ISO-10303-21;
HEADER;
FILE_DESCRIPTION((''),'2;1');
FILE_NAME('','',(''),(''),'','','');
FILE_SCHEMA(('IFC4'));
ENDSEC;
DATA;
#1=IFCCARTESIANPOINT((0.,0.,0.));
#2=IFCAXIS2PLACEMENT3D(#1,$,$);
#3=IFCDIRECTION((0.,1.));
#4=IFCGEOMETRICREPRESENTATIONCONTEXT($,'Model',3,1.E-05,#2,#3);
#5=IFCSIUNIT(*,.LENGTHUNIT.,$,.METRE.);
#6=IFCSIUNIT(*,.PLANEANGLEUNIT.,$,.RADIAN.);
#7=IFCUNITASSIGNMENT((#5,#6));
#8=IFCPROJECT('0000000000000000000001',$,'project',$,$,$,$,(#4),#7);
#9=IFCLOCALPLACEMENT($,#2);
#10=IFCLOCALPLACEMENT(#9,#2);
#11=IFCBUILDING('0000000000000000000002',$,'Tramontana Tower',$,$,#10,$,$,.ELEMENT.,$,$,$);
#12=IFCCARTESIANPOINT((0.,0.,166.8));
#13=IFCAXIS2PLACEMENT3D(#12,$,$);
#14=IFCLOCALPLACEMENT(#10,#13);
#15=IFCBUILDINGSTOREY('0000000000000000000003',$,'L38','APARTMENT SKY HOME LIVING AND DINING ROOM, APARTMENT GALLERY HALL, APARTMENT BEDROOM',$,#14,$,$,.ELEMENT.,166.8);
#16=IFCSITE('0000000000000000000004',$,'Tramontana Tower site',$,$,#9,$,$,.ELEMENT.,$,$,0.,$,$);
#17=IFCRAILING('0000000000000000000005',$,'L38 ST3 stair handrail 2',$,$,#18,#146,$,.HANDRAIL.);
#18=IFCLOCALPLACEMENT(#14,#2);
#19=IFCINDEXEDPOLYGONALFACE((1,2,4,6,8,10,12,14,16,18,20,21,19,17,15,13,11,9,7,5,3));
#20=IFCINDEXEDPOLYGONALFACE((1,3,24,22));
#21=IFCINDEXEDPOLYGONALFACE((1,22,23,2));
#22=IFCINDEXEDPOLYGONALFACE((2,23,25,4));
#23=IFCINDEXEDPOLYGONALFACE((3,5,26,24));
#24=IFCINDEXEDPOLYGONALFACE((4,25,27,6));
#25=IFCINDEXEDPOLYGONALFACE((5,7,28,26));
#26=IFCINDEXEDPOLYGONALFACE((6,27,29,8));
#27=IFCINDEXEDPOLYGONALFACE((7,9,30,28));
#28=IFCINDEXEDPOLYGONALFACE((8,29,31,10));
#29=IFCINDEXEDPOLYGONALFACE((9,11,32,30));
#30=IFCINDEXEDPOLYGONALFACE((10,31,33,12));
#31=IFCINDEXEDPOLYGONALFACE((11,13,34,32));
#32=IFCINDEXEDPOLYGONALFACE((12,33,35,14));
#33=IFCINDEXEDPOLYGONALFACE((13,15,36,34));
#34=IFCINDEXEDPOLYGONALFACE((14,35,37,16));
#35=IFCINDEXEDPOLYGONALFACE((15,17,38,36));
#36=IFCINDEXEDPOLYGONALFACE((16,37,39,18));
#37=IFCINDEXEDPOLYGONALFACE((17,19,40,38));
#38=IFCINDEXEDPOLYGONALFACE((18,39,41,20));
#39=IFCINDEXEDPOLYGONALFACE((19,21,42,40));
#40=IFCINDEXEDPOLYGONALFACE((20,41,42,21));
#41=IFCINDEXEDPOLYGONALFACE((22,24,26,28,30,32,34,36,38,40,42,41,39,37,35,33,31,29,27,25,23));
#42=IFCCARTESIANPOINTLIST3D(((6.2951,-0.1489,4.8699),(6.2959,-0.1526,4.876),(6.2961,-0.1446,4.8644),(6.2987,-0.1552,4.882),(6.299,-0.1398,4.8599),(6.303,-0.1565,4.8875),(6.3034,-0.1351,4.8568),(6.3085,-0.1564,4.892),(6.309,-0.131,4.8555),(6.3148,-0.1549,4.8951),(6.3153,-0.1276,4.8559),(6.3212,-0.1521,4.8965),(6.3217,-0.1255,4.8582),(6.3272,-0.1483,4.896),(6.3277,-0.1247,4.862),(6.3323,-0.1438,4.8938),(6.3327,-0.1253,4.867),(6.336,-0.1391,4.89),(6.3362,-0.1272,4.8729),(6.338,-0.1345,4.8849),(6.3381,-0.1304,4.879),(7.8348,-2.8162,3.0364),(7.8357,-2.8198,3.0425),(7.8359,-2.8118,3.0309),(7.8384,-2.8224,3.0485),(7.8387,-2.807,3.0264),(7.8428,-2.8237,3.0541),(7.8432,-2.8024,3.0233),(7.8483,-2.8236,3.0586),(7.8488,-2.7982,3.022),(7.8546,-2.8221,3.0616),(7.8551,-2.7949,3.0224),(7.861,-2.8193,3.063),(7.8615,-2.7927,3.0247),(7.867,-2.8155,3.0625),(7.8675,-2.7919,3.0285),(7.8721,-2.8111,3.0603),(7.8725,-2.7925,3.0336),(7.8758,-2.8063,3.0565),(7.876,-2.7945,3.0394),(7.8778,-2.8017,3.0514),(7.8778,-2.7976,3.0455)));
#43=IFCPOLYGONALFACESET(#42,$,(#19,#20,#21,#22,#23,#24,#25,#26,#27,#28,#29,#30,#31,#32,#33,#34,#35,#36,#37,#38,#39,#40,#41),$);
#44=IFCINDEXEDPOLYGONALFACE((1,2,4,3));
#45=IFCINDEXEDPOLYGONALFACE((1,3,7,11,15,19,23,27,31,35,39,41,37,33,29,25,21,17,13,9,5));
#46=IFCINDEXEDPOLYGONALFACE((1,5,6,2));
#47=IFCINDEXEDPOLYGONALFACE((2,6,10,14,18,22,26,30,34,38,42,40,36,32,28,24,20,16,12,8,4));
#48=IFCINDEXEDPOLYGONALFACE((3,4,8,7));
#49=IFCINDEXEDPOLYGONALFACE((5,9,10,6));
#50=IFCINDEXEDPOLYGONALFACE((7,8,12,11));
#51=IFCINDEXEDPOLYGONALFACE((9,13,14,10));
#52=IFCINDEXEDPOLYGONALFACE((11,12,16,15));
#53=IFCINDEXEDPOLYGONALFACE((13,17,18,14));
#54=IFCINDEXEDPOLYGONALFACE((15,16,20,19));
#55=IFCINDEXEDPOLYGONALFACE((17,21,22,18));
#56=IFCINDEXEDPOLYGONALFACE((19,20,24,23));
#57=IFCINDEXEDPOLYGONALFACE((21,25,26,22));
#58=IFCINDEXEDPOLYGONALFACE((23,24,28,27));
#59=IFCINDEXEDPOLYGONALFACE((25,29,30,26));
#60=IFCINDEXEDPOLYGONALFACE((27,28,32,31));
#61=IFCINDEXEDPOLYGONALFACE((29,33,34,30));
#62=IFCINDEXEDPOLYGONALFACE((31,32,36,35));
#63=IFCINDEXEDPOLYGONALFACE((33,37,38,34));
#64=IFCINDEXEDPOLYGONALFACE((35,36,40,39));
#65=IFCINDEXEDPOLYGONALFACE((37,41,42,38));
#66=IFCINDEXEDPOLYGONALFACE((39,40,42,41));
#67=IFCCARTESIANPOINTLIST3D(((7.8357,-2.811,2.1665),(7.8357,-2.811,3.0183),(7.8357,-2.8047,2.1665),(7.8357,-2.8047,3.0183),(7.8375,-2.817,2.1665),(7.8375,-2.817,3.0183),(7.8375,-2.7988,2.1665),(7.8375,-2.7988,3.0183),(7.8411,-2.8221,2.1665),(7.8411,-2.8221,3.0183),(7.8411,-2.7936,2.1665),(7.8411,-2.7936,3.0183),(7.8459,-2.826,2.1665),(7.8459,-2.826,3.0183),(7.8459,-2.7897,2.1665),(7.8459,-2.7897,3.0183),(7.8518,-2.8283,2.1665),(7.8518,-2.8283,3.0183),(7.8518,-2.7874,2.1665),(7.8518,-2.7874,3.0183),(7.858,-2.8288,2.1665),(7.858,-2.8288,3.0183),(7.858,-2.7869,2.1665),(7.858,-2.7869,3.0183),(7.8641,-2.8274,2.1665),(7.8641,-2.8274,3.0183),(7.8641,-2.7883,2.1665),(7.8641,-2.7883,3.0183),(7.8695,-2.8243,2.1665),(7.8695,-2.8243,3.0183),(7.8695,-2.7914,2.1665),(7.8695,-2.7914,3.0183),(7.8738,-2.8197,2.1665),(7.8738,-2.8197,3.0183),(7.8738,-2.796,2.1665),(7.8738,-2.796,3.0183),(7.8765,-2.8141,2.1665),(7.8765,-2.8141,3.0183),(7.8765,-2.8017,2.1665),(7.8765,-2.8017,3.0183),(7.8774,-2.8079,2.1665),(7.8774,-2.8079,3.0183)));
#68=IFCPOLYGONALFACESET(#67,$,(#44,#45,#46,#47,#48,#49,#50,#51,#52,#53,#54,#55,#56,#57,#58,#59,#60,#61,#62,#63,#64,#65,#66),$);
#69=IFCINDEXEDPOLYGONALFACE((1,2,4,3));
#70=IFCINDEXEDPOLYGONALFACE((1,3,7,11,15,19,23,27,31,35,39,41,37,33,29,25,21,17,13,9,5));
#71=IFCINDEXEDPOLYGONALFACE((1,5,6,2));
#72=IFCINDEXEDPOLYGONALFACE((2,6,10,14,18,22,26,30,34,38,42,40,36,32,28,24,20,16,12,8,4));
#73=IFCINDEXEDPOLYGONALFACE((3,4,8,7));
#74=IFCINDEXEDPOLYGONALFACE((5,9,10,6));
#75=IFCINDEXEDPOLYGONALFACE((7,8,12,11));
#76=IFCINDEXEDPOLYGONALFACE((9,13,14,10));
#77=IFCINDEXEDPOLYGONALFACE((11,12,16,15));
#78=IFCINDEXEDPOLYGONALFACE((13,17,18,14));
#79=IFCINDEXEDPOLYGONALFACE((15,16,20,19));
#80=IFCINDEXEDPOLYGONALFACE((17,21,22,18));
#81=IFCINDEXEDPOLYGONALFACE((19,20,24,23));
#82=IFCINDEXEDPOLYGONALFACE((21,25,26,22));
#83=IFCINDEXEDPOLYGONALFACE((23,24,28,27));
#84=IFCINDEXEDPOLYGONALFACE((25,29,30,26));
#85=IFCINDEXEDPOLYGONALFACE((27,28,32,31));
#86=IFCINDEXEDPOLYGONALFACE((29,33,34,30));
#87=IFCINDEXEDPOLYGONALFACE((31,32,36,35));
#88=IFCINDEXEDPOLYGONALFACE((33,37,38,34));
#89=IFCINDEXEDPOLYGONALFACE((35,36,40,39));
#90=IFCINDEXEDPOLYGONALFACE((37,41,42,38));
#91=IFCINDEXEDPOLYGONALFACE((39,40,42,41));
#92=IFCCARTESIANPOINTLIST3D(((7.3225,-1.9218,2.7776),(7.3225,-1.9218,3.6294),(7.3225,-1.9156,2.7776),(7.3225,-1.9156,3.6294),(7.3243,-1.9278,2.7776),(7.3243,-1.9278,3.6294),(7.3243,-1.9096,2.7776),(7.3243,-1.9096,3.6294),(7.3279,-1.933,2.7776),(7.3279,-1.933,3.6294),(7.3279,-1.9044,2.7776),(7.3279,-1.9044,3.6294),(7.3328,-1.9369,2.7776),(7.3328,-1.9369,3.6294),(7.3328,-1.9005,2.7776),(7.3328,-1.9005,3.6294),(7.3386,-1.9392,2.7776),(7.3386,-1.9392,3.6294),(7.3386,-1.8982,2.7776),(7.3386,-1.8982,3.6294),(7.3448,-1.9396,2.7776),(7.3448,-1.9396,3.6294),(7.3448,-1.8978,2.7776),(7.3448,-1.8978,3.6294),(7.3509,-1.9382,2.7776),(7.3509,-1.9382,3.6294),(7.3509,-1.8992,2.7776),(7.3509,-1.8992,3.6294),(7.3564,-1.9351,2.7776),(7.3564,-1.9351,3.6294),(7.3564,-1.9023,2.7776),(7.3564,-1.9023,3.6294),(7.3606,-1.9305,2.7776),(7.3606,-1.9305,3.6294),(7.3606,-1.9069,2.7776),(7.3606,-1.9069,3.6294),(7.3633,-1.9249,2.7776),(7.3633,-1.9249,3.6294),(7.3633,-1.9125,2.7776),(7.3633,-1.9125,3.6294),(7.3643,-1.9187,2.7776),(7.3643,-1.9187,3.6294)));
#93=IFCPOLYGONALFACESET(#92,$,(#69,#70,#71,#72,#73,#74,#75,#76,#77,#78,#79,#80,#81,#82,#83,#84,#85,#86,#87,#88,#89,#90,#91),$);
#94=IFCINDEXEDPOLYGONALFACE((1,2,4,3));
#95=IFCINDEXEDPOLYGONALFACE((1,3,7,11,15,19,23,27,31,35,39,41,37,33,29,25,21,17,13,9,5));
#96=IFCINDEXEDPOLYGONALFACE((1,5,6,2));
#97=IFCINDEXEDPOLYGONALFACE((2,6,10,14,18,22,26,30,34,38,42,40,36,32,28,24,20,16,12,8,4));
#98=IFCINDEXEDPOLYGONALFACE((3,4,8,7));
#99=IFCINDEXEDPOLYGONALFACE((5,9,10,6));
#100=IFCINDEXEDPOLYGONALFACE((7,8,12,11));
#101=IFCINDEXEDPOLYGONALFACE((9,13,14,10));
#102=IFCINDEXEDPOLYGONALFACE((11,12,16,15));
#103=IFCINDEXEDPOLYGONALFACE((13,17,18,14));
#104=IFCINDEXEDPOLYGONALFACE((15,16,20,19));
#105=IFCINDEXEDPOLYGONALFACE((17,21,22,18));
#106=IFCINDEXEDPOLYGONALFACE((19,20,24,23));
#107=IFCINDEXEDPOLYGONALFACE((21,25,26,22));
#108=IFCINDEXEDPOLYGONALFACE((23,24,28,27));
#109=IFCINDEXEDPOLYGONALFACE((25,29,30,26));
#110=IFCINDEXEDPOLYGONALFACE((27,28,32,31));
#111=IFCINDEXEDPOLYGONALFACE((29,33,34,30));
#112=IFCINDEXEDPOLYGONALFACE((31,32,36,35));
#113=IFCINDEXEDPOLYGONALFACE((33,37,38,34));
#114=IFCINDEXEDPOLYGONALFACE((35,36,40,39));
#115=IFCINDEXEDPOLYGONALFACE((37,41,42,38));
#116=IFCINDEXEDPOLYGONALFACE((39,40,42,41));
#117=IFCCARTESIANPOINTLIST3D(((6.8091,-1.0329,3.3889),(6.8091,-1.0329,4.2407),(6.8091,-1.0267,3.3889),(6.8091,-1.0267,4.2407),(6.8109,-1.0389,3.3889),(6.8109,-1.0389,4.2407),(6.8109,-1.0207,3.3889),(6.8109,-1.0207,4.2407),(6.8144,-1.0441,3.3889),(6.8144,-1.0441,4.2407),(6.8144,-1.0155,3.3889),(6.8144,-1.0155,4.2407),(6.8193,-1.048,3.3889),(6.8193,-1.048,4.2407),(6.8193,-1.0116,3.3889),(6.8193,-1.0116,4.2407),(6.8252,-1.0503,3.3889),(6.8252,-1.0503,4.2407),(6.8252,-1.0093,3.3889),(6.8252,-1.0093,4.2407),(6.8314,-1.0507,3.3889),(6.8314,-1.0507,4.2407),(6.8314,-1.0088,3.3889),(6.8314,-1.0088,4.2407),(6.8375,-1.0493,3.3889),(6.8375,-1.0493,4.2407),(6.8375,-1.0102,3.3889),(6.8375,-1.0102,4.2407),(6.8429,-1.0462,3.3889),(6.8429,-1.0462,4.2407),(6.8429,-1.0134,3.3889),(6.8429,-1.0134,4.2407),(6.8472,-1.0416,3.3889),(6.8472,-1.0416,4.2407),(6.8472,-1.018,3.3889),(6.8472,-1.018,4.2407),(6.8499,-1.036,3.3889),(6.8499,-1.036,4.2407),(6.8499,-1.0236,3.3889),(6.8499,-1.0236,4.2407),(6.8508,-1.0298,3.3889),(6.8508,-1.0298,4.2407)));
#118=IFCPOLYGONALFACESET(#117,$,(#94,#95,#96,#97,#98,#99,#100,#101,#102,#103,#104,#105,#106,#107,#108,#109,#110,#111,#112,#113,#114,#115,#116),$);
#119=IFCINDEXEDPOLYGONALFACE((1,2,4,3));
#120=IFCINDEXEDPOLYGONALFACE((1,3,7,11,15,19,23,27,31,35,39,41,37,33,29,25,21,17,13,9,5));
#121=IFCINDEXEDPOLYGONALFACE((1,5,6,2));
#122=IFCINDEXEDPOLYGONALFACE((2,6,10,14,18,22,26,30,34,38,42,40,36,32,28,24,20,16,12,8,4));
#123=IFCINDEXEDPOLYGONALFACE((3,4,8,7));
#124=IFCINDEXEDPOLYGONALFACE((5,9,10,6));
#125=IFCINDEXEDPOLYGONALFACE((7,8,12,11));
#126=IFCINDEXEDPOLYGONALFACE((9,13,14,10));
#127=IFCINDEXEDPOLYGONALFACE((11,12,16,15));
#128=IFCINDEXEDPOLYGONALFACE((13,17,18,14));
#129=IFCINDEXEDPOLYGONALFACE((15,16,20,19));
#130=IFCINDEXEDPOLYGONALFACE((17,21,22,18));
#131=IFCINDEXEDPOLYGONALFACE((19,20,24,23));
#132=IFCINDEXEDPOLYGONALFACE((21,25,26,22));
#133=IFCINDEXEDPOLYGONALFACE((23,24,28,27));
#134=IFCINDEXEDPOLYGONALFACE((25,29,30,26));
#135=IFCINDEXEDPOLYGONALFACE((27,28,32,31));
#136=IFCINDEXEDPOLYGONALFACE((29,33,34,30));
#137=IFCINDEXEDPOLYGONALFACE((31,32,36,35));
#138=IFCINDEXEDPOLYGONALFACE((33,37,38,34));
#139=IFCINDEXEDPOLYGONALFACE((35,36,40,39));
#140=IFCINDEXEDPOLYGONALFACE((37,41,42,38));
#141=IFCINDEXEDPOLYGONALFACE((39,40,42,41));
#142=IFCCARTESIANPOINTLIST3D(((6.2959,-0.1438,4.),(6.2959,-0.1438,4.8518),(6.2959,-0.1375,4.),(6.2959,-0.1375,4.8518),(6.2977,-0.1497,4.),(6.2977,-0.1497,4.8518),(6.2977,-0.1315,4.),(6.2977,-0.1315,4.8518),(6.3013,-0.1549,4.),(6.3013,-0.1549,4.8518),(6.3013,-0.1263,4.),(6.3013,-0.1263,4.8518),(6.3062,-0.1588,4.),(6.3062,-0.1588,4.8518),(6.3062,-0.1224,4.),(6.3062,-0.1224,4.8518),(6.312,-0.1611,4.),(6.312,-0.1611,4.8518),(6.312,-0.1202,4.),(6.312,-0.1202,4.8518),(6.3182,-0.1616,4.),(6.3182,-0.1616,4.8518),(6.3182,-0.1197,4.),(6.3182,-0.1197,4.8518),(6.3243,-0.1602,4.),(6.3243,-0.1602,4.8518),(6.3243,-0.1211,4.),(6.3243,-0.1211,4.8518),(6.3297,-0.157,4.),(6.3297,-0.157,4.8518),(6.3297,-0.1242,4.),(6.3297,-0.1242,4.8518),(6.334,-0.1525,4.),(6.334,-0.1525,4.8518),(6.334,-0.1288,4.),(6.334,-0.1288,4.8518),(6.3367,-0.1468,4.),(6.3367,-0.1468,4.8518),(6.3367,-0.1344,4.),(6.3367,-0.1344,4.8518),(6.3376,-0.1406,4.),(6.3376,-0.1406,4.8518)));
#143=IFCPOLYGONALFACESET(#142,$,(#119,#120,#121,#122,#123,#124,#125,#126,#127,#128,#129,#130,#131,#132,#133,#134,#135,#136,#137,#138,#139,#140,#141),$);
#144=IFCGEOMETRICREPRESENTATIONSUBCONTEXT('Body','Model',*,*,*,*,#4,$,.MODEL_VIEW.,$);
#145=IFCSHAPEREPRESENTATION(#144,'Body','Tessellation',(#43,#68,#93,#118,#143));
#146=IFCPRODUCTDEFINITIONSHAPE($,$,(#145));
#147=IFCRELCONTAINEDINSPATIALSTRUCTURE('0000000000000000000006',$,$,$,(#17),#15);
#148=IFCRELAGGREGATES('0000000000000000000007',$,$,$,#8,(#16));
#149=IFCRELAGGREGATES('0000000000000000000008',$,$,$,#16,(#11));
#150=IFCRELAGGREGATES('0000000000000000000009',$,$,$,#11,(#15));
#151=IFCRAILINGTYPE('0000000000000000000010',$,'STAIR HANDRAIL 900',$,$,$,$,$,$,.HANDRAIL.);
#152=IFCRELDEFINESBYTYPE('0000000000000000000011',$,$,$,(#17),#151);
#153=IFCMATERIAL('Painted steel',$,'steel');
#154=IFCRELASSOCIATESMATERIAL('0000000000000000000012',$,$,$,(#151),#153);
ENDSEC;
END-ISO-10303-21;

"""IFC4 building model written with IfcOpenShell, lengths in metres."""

from ifc_helpers import new_model, si_unit, direction, frame, origin, origin_2d, place, context, subcontext, project, spatial, circle, extrude, material, type_object, element, save


model = new_model("IFC4")

# Units and contexts
model_context = context("Model", 3, precision=1e-05, world=origin(), true_north=direction((0.0, 1.0)))
body_context = subcontext(model_context, "Body", "Model", "MODEL_VIEW")
ifc_project = project(units=[si_unit("LENGTHUNIT", "METRE"), si_unit("PLANEANGLEUNIT", "RADIAN")], contexts=[model_context])

# Site, building, storey
site_placement = place(None, origin())
site = spatial("IfcSite", under=ifc_project, at=site_placement, Name="Tramontana Tower site", CompositionType="ELEMENT", RefElevation=0.0)
building_placement = place(site_placement, origin())
building = spatial("IfcBuilding", under=site, at=building_placement, Name="Tramontana Tower", CompositionType="ELEMENT")
storey_placement = place(building_placement, frame((0.0, 0.0, 166.8)))
storey = spatial("IfcBuildingStorey", under=building, at=storey_placement, Name="L38", Description="APARTMENT SKY HOME LIVING AND DINING ROOM, APARTMENT GALLERY HALL, APARTMENT BEDROOM", CompositionType="ELEMENT", Elevation=166.8)

# Railing
ifc_material_1 = material(Name="Painted steel", Category="steel")
railing_type_1 = type_object("IfcRailingType", Name="STAIR HANDRAIL 900", PredefinedType="HANDRAIL", material=ifc_material_1)
railing_1_placement = place(storey_placement, frame((7.8564, -2.8079, 2.1665)))
element("IfcRailing", 1, at=railing_1_placement, inside=storey, type_object=railing_type_1, Name="L38 ST3 stair handrail 2", PredefinedType="HANDRAIL", context=body_context, shape_type="SweptSolid", body=[
    extrude(circle(Radius=0.0239, at=origin_2d()), frame((0.0, 0.0, 0.876), z_axis=(-0.429601, 0.744155, 0.511543), x_axis=(-0.866044, -0.499967, 0.0)), (0.0, 0.0, 1.0), 3.5842),
    extrude(circle(Radius=0.021, at=origin_2d()), origin(), (0.0, 0.0, 1.0), 0.8518),
    extrude(circle(Radius=0.021, at=origin_2d()), frame((-0.5132, 0.8892, 0.6111)), (0.0, 0.0, 1.0), 0.8518),
    extrude(circle(Radius=0.021, at=origin_2d()), frame((-1.0266, 1.7781, 1.2224)), (0.0, 0.0, 1.0), 0.8518),
    extrude(circle(Radius=0.021, at=origin_2d()), frame((-1.5398, 2.6672, 1.8335)), (0.0, 0.0, 1.0), 0.8518),
])

save(model, "model.ifc")
